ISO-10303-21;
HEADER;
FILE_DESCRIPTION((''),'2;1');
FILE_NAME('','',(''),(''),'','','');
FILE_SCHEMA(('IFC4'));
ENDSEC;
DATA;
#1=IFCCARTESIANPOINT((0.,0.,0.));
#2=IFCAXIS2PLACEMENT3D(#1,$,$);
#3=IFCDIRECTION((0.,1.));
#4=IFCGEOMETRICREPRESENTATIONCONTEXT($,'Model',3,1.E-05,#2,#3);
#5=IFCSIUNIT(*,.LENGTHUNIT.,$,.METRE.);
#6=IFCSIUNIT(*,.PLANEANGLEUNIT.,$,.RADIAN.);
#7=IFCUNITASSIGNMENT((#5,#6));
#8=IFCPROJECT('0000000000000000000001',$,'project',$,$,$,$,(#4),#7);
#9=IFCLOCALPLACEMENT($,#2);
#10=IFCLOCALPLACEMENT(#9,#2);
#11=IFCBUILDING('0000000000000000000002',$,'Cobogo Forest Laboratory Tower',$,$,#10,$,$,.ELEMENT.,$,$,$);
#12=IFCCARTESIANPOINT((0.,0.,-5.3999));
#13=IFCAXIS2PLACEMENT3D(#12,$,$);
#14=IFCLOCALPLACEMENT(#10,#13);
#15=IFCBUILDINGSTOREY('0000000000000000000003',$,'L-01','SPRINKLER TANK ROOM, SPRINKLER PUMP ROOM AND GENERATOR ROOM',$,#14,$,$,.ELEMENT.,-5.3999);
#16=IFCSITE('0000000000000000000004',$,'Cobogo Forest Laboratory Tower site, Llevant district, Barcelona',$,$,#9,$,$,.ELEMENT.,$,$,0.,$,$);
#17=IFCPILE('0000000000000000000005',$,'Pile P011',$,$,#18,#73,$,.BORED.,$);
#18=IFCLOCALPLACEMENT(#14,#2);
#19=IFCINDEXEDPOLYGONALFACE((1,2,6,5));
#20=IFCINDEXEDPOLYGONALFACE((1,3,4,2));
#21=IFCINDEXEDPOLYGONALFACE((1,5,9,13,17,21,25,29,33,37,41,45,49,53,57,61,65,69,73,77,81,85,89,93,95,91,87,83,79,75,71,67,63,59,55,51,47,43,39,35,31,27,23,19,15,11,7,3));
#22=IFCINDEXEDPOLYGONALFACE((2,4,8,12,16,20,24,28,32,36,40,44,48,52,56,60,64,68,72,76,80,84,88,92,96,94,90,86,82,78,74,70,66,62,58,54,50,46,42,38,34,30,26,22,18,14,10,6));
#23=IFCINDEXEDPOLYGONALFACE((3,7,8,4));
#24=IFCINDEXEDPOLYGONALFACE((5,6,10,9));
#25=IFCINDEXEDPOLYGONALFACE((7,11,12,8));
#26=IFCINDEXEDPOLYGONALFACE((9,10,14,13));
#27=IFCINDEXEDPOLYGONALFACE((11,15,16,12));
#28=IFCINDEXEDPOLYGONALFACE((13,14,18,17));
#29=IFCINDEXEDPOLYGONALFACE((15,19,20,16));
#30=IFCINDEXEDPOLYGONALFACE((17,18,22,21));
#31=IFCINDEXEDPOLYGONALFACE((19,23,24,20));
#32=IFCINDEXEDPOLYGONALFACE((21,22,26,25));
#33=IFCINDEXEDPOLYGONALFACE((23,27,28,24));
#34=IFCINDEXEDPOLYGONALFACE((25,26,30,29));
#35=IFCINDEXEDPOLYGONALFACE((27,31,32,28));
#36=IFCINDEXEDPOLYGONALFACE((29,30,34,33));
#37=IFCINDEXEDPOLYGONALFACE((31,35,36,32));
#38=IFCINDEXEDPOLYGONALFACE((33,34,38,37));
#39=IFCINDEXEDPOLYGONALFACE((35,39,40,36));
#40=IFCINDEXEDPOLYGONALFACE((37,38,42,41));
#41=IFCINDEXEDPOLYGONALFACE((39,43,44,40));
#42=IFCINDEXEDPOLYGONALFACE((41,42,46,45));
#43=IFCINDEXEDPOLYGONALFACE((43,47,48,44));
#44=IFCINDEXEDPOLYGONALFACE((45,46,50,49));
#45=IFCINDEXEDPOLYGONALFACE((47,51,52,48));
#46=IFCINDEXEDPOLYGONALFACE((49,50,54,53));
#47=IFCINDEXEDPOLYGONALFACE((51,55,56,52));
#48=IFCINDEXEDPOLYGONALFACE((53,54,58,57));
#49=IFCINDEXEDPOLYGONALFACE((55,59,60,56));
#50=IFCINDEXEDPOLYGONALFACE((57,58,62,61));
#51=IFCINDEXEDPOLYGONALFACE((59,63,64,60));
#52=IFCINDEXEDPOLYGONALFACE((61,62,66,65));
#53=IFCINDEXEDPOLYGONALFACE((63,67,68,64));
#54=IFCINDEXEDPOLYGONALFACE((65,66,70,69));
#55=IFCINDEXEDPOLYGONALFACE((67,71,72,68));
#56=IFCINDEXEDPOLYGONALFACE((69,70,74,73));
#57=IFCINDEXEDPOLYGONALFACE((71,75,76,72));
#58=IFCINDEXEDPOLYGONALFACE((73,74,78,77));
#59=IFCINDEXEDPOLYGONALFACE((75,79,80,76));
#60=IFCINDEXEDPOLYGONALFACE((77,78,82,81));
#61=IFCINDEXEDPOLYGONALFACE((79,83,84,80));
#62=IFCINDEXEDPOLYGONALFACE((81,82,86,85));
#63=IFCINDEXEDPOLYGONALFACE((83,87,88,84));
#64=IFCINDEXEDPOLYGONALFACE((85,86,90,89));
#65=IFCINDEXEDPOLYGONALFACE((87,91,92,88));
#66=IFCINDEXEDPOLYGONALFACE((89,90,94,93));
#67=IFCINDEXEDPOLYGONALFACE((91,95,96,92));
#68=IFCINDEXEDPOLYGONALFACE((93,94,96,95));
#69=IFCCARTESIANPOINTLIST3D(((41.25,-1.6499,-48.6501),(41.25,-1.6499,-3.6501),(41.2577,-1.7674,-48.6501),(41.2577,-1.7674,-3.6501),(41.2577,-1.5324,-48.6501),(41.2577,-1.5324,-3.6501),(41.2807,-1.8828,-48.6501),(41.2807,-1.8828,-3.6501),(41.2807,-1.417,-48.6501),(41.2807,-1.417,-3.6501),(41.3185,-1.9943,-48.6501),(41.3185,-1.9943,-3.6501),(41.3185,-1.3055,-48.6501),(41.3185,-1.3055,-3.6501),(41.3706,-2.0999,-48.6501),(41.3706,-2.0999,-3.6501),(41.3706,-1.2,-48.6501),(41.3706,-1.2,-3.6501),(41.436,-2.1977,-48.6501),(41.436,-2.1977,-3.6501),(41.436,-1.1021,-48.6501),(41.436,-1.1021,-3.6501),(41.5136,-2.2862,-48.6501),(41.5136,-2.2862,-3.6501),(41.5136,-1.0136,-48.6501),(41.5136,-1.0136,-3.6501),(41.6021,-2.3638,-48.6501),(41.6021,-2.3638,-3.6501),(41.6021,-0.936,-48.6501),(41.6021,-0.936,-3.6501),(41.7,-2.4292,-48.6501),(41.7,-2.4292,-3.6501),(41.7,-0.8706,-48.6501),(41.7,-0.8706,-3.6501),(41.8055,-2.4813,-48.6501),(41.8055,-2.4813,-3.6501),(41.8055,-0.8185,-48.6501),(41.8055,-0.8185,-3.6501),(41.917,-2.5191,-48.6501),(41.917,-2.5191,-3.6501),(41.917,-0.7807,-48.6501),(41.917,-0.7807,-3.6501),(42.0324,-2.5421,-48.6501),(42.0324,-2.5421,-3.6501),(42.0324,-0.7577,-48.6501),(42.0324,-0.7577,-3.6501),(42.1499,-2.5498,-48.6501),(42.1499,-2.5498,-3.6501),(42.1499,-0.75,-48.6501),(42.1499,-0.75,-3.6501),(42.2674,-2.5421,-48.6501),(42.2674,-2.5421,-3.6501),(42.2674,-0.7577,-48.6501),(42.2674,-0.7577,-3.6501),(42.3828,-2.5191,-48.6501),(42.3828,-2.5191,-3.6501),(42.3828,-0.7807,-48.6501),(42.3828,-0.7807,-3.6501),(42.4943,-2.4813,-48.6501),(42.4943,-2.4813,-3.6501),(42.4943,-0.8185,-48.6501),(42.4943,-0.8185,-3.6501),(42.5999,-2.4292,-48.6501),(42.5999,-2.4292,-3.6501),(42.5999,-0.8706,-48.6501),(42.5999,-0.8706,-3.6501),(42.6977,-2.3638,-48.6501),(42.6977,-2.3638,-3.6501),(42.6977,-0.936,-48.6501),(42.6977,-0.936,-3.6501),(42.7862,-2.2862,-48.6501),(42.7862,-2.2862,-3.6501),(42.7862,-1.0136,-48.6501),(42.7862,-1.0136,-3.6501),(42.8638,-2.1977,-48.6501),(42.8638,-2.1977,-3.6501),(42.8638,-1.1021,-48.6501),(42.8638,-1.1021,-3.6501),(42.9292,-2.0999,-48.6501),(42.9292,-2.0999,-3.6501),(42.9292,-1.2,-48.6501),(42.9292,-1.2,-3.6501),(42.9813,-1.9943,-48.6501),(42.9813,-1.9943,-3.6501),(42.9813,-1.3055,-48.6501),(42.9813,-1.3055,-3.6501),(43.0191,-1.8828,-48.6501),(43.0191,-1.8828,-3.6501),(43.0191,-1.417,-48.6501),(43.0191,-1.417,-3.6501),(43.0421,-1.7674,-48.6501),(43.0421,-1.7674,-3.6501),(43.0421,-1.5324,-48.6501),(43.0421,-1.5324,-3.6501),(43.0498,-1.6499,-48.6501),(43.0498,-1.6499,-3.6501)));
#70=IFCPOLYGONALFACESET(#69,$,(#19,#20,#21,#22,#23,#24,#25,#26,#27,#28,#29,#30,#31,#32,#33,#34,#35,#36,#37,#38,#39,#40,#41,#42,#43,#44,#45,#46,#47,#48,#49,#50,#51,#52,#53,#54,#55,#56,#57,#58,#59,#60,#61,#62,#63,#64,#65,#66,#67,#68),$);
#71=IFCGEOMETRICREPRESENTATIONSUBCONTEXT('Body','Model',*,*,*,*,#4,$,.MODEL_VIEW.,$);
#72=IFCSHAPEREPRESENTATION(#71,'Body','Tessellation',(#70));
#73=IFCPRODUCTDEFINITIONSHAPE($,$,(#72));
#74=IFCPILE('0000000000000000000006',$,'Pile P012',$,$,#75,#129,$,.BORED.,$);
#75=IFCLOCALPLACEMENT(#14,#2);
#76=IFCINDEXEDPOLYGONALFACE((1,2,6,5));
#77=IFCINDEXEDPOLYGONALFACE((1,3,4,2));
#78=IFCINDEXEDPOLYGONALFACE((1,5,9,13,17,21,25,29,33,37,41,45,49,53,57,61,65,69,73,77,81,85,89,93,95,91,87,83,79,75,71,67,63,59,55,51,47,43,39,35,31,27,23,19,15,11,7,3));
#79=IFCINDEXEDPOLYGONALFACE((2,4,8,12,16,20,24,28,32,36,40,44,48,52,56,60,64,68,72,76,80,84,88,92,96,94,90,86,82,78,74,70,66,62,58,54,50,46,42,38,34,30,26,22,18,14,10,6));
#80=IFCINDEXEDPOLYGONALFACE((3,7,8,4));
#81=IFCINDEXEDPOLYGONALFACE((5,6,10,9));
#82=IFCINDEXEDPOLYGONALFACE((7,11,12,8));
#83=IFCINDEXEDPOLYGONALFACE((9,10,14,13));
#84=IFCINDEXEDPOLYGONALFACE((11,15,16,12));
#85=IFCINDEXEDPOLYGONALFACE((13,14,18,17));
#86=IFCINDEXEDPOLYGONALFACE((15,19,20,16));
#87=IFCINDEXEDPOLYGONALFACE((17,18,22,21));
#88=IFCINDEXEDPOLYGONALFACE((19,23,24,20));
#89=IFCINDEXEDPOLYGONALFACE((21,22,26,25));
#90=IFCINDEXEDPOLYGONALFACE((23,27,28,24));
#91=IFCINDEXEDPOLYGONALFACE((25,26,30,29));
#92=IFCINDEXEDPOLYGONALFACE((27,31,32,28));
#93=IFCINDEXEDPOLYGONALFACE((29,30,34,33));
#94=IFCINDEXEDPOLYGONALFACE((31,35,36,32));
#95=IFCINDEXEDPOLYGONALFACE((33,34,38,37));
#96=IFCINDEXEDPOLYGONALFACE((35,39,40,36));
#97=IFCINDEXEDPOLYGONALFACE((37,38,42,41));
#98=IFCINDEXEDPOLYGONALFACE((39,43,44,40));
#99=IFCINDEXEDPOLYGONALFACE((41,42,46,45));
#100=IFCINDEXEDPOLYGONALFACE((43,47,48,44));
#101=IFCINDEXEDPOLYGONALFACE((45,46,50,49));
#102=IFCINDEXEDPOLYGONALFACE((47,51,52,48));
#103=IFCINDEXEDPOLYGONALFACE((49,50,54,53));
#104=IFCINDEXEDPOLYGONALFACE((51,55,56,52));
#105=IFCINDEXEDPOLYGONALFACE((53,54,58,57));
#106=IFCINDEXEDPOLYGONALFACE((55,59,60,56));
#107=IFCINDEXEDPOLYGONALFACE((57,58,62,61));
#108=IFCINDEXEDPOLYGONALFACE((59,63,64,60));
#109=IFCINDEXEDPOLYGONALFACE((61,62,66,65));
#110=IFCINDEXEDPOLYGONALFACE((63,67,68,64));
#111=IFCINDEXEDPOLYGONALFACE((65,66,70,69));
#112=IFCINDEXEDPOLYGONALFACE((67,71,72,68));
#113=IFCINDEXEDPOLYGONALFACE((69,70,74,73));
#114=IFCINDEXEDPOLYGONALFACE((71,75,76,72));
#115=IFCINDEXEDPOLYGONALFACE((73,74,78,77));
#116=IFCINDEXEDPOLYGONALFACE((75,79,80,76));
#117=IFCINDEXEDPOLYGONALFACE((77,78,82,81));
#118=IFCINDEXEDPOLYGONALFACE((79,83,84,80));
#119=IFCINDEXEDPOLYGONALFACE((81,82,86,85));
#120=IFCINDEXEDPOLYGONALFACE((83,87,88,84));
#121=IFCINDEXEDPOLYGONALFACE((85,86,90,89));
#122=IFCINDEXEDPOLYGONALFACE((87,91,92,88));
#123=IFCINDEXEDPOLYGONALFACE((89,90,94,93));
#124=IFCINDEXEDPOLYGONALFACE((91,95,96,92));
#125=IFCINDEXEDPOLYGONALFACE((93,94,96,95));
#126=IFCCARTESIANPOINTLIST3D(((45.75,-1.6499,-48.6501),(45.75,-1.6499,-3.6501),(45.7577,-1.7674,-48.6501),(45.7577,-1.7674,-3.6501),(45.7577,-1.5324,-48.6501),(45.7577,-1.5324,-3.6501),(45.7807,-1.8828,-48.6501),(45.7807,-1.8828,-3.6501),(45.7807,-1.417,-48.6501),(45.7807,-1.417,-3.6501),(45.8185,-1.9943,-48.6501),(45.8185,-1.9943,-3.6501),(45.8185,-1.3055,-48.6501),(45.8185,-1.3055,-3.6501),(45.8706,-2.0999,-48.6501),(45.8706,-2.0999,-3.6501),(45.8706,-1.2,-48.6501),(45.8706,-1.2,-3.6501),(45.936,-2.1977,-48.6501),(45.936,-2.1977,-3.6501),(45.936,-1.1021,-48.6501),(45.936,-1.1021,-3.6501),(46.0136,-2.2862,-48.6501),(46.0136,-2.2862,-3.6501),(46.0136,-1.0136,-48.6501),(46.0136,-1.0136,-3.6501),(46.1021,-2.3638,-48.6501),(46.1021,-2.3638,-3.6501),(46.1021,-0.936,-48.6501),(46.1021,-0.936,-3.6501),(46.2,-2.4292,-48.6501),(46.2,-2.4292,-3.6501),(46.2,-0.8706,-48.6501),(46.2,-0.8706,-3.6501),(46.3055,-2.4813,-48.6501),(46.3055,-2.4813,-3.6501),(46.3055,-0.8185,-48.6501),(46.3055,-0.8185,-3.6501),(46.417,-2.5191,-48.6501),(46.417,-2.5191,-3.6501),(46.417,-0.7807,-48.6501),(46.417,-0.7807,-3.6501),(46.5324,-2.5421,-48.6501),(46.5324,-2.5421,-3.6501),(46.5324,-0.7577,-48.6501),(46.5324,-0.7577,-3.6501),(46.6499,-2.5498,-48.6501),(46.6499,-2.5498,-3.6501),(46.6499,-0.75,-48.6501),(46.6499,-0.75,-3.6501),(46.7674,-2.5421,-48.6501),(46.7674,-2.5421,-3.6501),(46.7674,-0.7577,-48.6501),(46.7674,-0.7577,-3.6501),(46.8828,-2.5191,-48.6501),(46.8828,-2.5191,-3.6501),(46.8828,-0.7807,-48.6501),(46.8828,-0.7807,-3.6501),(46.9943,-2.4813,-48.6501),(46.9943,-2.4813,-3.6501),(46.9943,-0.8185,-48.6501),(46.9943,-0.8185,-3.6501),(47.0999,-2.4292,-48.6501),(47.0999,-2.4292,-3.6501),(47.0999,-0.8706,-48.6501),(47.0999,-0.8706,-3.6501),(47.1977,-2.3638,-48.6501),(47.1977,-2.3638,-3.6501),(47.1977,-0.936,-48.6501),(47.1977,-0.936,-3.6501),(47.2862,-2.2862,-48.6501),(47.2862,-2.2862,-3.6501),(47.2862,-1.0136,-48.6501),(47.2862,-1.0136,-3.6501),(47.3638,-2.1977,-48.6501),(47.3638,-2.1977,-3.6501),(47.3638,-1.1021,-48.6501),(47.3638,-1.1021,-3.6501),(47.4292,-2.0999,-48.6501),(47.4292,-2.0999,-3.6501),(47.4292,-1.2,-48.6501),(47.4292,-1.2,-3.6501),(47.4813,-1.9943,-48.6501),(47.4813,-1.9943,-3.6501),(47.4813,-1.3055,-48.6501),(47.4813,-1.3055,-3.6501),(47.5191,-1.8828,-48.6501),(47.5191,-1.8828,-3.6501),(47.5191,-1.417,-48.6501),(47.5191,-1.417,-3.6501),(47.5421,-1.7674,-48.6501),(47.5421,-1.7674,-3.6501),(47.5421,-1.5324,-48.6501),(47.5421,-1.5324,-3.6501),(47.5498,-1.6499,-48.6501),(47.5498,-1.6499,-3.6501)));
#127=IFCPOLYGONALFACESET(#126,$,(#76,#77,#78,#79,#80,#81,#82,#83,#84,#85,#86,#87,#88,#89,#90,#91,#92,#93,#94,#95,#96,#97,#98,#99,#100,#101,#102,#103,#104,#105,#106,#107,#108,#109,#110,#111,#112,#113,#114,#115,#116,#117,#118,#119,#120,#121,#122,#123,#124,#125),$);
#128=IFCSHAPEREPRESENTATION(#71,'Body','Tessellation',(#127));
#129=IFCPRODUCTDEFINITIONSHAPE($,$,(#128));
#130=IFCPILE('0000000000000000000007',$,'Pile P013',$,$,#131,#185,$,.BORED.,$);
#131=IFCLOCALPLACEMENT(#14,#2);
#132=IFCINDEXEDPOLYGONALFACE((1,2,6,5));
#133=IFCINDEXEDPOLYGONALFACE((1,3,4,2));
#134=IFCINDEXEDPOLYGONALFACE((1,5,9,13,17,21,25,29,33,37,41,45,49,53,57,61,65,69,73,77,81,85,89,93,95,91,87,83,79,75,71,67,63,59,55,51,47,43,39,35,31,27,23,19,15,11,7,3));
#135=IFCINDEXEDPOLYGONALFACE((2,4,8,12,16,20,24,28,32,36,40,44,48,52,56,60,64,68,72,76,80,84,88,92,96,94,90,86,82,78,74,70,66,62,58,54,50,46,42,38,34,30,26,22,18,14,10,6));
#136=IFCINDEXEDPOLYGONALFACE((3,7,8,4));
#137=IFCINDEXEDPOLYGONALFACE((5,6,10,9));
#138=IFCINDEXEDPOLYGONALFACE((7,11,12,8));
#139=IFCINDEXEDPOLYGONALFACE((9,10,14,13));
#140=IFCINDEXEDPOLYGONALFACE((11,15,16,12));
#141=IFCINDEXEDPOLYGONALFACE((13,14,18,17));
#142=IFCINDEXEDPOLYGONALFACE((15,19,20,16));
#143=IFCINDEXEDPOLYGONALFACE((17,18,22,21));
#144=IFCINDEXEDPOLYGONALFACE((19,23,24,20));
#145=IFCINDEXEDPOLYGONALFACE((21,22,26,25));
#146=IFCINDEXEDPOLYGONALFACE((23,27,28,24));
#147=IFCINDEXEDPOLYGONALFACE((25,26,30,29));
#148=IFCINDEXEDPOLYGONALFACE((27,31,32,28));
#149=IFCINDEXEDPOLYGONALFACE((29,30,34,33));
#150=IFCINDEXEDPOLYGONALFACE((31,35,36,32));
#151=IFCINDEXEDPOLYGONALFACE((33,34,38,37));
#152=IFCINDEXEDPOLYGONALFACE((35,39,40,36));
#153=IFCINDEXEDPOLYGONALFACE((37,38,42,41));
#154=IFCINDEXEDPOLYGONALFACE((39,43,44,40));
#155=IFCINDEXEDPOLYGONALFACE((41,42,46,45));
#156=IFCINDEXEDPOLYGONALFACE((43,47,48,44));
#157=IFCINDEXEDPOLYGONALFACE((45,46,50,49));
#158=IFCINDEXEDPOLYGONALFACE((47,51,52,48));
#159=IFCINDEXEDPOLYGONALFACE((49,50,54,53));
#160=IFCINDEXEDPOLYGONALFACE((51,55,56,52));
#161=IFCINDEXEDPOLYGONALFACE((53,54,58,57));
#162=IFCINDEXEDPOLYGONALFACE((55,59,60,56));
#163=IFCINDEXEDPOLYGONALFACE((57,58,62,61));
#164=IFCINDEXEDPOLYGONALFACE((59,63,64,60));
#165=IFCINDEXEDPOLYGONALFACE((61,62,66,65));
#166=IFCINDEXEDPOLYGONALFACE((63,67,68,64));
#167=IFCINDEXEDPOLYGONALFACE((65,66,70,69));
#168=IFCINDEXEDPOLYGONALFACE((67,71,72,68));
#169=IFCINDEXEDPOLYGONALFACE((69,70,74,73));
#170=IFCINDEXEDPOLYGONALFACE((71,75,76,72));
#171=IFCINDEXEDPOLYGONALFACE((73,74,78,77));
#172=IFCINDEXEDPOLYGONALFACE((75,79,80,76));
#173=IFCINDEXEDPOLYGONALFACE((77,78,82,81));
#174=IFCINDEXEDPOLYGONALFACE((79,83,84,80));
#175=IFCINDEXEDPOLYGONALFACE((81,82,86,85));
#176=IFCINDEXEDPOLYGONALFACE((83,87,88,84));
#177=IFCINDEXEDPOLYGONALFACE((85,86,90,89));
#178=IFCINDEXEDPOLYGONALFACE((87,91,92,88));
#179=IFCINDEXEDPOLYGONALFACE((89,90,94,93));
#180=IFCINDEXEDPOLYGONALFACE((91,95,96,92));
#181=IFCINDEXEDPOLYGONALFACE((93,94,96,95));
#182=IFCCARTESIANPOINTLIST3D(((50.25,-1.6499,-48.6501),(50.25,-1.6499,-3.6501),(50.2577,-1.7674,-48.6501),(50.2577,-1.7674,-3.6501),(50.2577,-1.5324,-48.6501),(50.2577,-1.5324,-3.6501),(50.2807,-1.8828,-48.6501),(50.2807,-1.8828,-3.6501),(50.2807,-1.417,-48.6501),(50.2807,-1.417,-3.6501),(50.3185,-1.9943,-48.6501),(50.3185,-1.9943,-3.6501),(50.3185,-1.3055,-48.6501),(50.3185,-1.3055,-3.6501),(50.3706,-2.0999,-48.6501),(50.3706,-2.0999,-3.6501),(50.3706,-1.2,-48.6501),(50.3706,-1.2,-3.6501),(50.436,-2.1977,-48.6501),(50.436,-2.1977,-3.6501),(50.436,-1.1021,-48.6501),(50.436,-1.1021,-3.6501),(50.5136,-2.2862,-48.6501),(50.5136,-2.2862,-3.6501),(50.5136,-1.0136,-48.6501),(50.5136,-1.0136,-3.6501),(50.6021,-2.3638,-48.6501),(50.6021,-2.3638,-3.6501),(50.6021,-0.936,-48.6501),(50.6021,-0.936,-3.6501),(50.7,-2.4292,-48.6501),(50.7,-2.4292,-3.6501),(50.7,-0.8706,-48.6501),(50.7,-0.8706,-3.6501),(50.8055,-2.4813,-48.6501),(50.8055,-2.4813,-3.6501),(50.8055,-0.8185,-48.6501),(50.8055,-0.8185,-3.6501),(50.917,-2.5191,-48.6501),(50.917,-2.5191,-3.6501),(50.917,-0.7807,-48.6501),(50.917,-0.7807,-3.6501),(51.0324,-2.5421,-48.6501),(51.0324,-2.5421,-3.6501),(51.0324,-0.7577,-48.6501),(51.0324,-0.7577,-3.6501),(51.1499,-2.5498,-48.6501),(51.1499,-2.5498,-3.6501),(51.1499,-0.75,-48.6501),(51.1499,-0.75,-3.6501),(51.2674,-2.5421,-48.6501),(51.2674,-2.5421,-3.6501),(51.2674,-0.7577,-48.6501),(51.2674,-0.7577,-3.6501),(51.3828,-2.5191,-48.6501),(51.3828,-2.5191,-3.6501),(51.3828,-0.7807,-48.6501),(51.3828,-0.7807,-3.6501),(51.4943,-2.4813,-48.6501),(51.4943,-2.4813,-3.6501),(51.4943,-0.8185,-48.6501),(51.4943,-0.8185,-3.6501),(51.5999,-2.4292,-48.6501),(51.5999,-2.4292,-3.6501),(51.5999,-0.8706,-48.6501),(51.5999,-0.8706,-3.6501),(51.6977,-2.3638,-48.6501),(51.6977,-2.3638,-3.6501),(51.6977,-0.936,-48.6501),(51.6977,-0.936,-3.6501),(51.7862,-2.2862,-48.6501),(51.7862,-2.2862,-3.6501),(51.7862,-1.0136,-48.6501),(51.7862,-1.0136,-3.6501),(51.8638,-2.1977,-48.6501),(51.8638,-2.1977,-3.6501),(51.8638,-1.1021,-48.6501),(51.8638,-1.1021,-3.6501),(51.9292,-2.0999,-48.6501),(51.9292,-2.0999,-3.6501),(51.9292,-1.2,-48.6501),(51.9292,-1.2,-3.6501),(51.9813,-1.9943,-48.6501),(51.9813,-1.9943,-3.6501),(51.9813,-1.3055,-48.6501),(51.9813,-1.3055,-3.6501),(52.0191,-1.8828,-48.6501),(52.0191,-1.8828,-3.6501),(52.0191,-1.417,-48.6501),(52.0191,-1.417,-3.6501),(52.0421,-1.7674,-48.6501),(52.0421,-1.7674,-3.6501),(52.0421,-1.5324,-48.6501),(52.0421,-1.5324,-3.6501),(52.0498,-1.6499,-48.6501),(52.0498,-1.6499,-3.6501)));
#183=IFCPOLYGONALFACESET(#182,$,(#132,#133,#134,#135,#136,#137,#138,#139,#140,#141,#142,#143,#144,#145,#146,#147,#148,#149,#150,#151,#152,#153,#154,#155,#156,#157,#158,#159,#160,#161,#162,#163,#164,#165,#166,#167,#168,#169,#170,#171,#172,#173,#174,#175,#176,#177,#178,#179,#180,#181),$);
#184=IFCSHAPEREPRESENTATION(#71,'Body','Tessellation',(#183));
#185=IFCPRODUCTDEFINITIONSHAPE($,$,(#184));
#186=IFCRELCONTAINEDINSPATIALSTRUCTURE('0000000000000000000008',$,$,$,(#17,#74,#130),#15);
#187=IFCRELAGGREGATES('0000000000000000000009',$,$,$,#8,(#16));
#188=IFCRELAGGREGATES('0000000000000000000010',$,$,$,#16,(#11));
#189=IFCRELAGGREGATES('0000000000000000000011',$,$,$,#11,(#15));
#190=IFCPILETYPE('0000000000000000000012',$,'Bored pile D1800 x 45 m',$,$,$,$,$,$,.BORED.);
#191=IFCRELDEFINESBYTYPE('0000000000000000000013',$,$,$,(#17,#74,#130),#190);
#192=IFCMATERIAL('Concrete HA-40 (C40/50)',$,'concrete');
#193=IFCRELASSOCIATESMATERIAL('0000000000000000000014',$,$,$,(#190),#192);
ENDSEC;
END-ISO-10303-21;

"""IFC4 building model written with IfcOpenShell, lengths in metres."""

from ifc_helpers import new_model, si_unit, direction, frame, origin, origin_2d, place, context, subcontext, project, spatial, circle, extrude, material, material_profile, profile_set, type_object, element, save


model = new_model("IFC4")

# Units and contexts
model_context = context("Model", 3, precision=1e-05, world=origin(), true_north=direction((0.0, 1.0)))
body_context = subcontext(model_context, "Body", "Model", "MODEL_VIEW")
ifc_project = project(units=[si_unit("LENGTHUNIT", "METRE"), si_unit("PLANEANGLEUNIT", "RADIAN")], contexts=[model_context])

# Site, building, storey
site_placement = place(None, origin())
site = spatial("IfcSite", under=ifc_project, at=site_placement, Name="Cobogo Forest Laboratory Tower site, Llevant district, Barcelona", CompositionType="ELEMENT", RefElevation=0.0)
building_placement = place(site_placement, origin())
building = spatial("IfcBuilding", under=site, at=building_placement, Name="Cobogo Forest Laboratory Tower", CompositionType="ELEMENT")
storey_placement = place(building_placement, frame((0.0, 0.0, -5.3999)))
storey = spatial("IfcBuildingStorey", under=building, at=storey_placement, Name="L-01", Description="SPRINKLER TANK ROOM, SPRINKLER PUMP ROOM AND GENERATOR ROOM", CompositionType="ELEMENT", Elevation=-5.3999)

# Piles
ifc_material_1 = material(Name="Concrete HA-40 (C40/50)", Category="concrete")
ifc_material_profile_1 = material_profile(ifc_material_1, circle(Radius=0.8999, at=origin_2d()), Name="PILE D1800")
ifc_profile_set_1 = profile_set([ifc_material_profile_1], Name="Concrete HA-40 (C40/50)")
pile_type_1 = type_object("IfcPileType", Name="Bored pile D1800 x 45 m", PredefinedType="BORED", material=ifc_profile_set_1)
for number, where, z_axis, x_axis, name in (
    (1, (42.1499, -1.6499, -3.6501), (0.0, 0.0, -1.0), (1.0, 0.0, 0.0), "Pile P011"),
    (2, (46.6499, -1.6499, -3.6501), (0.0, 0.0, -1.0), (1.0, 0.0, 0.0), "Pile P012"),
    (3, (51.1499, -1.6499, -3.6501), (0.0, 0.0, -1.0), (1.0, 0.0, 0.0), "Pile P013"),
):
    element("IfcPile", number, at=place(storey_placement, frame(where, z_axis=z_axis, x_axis=x_axis)), inside=storey, type_object=pile_type_1, Name=name, PredefinedType="BORED", context=body_context, shape_type="SweptSolid", body=[
        extrude(circle(Radius=0.8999, at=origin_2d()), origin(), (0.0, 0.0, 1.0), 45.0),
    ])

save(model, "model.ifc")
